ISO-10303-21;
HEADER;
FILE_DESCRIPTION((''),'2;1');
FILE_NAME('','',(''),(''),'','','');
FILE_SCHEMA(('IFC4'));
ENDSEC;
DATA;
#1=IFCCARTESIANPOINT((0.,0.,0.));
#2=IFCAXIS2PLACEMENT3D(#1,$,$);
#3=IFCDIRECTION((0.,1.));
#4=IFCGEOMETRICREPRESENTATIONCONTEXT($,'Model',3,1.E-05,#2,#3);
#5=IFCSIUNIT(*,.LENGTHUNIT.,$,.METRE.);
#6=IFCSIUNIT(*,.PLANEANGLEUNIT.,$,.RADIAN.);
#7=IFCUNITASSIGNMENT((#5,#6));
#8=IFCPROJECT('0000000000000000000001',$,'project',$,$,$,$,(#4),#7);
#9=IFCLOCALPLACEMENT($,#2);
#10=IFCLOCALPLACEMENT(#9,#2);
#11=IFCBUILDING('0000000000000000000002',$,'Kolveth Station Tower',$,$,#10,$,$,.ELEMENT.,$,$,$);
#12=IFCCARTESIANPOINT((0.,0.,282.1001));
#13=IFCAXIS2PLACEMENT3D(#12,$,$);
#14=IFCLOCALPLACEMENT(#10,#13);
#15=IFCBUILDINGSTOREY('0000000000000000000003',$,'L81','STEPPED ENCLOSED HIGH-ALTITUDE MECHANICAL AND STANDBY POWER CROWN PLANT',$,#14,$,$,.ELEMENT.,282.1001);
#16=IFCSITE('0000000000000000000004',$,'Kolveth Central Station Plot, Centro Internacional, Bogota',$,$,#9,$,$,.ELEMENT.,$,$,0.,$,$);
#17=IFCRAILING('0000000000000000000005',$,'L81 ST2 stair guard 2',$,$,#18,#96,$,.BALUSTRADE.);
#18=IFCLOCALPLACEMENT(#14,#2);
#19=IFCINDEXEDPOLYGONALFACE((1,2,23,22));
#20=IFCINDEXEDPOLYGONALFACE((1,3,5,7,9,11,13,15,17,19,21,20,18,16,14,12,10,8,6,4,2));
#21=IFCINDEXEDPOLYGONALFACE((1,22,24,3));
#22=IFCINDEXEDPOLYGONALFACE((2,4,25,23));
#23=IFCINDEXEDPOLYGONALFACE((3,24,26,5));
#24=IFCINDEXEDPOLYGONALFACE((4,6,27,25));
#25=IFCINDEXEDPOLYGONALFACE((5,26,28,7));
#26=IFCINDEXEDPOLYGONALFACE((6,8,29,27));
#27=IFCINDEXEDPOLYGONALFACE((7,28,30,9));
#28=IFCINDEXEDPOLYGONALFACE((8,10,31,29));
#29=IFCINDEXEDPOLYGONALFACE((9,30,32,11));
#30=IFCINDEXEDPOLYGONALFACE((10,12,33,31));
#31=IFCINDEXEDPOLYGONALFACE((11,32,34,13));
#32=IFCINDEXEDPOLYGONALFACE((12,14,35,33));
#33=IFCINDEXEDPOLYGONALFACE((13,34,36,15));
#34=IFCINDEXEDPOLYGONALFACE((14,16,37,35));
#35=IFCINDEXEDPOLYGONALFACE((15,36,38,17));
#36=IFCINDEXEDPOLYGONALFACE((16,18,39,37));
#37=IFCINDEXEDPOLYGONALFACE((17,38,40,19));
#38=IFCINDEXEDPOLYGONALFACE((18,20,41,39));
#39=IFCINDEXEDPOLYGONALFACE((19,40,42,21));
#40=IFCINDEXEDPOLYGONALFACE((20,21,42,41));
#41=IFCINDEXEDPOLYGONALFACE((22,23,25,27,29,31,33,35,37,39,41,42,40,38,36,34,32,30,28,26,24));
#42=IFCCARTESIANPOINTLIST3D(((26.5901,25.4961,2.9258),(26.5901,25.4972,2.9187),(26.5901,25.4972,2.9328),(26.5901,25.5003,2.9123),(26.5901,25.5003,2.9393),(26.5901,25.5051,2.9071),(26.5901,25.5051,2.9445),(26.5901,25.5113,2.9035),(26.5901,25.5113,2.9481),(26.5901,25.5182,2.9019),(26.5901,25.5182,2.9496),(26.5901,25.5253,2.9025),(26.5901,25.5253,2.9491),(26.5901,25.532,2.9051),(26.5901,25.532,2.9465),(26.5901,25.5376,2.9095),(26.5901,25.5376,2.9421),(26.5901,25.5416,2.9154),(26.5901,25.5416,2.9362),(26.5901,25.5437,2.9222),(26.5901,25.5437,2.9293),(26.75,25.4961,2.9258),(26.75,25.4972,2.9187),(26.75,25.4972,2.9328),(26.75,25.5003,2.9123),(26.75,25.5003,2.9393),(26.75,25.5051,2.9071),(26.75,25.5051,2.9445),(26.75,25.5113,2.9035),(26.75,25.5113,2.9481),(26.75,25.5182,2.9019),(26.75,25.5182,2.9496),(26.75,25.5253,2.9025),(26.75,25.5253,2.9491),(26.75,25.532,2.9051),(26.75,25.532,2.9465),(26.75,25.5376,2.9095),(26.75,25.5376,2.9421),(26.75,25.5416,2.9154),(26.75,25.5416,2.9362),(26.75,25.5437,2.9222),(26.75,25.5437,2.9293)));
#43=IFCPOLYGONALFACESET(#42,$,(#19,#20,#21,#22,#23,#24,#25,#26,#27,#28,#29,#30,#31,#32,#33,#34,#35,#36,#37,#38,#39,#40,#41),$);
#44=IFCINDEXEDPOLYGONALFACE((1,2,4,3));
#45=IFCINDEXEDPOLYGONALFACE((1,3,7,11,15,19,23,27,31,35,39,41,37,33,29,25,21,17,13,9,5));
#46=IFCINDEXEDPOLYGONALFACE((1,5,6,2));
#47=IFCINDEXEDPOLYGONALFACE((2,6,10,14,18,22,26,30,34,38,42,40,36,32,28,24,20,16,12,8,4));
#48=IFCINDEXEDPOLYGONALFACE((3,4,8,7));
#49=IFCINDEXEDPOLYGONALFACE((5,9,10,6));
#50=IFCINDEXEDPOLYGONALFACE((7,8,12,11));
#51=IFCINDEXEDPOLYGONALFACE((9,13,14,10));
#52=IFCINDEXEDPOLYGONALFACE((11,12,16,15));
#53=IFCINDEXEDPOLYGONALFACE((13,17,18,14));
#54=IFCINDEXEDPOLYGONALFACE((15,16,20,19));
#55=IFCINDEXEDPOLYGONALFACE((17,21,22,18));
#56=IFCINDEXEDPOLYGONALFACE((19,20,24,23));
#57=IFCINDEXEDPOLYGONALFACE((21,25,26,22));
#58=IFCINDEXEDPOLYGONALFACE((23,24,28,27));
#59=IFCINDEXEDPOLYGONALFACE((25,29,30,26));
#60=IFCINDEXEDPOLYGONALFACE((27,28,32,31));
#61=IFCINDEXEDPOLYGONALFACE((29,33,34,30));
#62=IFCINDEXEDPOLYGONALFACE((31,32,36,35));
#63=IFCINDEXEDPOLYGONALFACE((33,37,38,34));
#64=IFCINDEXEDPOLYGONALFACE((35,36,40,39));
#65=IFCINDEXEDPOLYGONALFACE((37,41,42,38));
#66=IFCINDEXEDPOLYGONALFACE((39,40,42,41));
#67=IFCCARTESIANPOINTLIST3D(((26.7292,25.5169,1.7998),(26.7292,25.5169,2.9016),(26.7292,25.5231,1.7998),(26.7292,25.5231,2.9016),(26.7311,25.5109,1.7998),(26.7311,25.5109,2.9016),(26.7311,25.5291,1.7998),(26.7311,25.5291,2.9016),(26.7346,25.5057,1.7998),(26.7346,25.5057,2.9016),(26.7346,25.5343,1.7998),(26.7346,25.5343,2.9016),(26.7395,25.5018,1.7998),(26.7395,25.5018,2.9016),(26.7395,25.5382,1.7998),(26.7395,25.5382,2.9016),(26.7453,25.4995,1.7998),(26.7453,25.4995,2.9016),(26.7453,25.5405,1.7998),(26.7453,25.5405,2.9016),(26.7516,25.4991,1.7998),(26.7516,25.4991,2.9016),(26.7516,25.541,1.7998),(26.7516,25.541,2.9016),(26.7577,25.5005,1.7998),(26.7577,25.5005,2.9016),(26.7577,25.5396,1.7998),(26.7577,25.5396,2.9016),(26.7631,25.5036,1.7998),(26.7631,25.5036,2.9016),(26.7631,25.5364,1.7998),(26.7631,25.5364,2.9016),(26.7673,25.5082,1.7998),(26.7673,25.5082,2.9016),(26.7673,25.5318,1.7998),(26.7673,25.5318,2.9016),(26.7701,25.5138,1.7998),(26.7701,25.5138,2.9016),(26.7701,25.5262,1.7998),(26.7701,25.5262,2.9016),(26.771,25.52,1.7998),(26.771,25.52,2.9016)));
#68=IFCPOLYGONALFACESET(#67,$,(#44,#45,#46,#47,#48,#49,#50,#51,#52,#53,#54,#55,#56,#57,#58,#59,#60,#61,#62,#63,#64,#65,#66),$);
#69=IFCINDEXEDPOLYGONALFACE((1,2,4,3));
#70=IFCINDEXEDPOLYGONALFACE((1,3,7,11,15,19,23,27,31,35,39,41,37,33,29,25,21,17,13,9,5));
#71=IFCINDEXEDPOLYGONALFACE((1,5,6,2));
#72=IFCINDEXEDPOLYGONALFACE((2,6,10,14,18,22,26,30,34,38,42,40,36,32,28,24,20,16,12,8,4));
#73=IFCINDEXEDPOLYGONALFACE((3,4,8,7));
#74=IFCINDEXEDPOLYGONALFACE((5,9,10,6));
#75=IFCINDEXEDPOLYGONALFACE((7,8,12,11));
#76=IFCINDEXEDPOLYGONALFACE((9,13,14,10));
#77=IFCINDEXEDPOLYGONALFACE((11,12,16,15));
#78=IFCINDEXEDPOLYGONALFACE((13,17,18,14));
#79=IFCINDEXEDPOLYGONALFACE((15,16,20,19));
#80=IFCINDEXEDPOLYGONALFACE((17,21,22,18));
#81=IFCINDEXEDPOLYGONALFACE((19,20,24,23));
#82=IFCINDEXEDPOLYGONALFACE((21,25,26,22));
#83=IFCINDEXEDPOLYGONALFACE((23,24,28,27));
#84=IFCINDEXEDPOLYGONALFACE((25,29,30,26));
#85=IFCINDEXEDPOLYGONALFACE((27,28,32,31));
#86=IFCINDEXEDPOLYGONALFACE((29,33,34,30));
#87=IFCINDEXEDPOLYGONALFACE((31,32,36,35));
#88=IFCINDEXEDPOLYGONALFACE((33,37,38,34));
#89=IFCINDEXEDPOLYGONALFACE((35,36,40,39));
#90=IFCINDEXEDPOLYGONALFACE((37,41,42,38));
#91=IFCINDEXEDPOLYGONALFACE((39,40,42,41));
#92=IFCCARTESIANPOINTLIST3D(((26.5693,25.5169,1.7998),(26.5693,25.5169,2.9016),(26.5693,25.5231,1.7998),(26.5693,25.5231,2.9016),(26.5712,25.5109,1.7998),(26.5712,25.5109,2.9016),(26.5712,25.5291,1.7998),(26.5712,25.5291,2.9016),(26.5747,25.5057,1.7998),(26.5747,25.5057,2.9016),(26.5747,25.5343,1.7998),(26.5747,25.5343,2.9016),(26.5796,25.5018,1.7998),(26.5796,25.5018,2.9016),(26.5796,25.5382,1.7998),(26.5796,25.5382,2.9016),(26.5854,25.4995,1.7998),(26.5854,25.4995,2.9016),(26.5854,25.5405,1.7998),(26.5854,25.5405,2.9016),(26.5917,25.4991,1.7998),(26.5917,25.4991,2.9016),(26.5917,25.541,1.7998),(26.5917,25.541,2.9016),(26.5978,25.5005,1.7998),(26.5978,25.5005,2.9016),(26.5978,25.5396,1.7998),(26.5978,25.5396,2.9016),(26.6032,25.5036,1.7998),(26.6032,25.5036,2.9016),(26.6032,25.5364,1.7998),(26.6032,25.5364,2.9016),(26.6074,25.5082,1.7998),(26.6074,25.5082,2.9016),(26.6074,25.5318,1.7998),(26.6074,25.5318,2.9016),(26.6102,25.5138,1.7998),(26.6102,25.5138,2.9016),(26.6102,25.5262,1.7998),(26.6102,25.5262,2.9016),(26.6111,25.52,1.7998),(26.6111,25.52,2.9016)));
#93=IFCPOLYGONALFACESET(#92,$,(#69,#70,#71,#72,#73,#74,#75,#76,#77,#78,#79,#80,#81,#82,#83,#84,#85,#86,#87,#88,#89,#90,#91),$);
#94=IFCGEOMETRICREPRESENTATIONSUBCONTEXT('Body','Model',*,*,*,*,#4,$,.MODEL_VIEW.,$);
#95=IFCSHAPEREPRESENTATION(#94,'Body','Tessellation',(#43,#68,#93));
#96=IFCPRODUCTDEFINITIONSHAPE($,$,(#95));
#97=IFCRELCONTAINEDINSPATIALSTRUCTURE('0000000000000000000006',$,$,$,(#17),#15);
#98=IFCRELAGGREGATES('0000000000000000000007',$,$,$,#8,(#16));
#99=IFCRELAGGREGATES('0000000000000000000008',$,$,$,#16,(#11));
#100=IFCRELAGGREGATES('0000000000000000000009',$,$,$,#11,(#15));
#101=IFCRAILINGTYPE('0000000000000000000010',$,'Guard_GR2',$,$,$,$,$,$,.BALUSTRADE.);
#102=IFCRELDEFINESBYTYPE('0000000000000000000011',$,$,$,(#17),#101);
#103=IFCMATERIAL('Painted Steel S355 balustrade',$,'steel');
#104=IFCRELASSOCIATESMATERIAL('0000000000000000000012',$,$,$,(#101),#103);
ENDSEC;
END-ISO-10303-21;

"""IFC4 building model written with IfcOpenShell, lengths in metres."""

from ifc_helpers import new_model, si_unit, direction, frame, origin, origin_2d, place, context, subcontext, project, spatial, circle, extrude, material, type_object, element, save


model = new_model("IFC4")

# Units and contexts
model_context = context("Model", 3, precision=1e-05, world=origin(), true_north=direction((0.0, 1.0)))
body_context = subcontext(model_context, "Body", "Model", "MODEL_VIEW")
ifc_project = project(units=[si_unit("LENGTHUNIT", "METRE"), si_unit("PLANEANGLEUNIT", "RADIAN")], contexts=[model_context])

# Site, building, storey
site_placement = place(None, origin())
site = spatial("IfcSite", under=ifc_project, at=site_placement, Name="Kolveth Central Station Plot, Centro Internacional, Bogota", CompositionType="ELEMENT", RefElevation=0.0)
building_placement = place(site_placement, origin())
building = spatial("IfcBuilding", under=site, at=building_placement, Name="Kolveth Station Tower", CompositionType="ELEMENT")
storey_placement = place(building_placement, frame((0.0, 0.0, 282.1001)))
storey = spatial("IfcBuildingStorey", under=building, at=storey_placement, Name="L81", Description="STEPPED ENCLOSED HIGH-ALTITUDE MECHANICAL AND STANDBY POWER CROWN PLANT", CompositionType="ELEMENT", Elevation=282.1001)

# Railing
ifc_material_1 = material(Name="Painted Steel S355 balustrade", Category="steel")
railing_type_1 = type_object("IfcRailingType", Name="Guard_GR2", PredefinedType="BALUSTRADE", material=ifc_material_1)
railing_1_placement = place(storey_placement, frame((26.75, 25.52, 1.7998)))
element("IfcRailing", 1, at=railing_1_placement, inside=storey, type_object=railing_type_1, Name="L81 ST2 stair guard 2", PredefinedType="BALUSTRADE", context=body_context, shape_type="SweptSolid", body=[
    extrude(circle(Radius=0.0239, at=origin_2d()), frame((0.0, 0.0, 1.126), z_axis=(-1.0, 0.0, 0.0), x_axis=(0.0, -1.0, 0.0)), (0.0, 0.0, 1.0), 0.1599),
    extrude(circle(Radius=0.021, at=origin_2d()), origin(), (0.0, 0.0, 1.0), 1.1018),
    extrude(circle(Radius=0.021, at=origin_2d()), frame((-0.1599, 0.0, 0.0)), (0.0, 0.0, 1.0), 1.1018),
])

save(model, "model.ifc")
